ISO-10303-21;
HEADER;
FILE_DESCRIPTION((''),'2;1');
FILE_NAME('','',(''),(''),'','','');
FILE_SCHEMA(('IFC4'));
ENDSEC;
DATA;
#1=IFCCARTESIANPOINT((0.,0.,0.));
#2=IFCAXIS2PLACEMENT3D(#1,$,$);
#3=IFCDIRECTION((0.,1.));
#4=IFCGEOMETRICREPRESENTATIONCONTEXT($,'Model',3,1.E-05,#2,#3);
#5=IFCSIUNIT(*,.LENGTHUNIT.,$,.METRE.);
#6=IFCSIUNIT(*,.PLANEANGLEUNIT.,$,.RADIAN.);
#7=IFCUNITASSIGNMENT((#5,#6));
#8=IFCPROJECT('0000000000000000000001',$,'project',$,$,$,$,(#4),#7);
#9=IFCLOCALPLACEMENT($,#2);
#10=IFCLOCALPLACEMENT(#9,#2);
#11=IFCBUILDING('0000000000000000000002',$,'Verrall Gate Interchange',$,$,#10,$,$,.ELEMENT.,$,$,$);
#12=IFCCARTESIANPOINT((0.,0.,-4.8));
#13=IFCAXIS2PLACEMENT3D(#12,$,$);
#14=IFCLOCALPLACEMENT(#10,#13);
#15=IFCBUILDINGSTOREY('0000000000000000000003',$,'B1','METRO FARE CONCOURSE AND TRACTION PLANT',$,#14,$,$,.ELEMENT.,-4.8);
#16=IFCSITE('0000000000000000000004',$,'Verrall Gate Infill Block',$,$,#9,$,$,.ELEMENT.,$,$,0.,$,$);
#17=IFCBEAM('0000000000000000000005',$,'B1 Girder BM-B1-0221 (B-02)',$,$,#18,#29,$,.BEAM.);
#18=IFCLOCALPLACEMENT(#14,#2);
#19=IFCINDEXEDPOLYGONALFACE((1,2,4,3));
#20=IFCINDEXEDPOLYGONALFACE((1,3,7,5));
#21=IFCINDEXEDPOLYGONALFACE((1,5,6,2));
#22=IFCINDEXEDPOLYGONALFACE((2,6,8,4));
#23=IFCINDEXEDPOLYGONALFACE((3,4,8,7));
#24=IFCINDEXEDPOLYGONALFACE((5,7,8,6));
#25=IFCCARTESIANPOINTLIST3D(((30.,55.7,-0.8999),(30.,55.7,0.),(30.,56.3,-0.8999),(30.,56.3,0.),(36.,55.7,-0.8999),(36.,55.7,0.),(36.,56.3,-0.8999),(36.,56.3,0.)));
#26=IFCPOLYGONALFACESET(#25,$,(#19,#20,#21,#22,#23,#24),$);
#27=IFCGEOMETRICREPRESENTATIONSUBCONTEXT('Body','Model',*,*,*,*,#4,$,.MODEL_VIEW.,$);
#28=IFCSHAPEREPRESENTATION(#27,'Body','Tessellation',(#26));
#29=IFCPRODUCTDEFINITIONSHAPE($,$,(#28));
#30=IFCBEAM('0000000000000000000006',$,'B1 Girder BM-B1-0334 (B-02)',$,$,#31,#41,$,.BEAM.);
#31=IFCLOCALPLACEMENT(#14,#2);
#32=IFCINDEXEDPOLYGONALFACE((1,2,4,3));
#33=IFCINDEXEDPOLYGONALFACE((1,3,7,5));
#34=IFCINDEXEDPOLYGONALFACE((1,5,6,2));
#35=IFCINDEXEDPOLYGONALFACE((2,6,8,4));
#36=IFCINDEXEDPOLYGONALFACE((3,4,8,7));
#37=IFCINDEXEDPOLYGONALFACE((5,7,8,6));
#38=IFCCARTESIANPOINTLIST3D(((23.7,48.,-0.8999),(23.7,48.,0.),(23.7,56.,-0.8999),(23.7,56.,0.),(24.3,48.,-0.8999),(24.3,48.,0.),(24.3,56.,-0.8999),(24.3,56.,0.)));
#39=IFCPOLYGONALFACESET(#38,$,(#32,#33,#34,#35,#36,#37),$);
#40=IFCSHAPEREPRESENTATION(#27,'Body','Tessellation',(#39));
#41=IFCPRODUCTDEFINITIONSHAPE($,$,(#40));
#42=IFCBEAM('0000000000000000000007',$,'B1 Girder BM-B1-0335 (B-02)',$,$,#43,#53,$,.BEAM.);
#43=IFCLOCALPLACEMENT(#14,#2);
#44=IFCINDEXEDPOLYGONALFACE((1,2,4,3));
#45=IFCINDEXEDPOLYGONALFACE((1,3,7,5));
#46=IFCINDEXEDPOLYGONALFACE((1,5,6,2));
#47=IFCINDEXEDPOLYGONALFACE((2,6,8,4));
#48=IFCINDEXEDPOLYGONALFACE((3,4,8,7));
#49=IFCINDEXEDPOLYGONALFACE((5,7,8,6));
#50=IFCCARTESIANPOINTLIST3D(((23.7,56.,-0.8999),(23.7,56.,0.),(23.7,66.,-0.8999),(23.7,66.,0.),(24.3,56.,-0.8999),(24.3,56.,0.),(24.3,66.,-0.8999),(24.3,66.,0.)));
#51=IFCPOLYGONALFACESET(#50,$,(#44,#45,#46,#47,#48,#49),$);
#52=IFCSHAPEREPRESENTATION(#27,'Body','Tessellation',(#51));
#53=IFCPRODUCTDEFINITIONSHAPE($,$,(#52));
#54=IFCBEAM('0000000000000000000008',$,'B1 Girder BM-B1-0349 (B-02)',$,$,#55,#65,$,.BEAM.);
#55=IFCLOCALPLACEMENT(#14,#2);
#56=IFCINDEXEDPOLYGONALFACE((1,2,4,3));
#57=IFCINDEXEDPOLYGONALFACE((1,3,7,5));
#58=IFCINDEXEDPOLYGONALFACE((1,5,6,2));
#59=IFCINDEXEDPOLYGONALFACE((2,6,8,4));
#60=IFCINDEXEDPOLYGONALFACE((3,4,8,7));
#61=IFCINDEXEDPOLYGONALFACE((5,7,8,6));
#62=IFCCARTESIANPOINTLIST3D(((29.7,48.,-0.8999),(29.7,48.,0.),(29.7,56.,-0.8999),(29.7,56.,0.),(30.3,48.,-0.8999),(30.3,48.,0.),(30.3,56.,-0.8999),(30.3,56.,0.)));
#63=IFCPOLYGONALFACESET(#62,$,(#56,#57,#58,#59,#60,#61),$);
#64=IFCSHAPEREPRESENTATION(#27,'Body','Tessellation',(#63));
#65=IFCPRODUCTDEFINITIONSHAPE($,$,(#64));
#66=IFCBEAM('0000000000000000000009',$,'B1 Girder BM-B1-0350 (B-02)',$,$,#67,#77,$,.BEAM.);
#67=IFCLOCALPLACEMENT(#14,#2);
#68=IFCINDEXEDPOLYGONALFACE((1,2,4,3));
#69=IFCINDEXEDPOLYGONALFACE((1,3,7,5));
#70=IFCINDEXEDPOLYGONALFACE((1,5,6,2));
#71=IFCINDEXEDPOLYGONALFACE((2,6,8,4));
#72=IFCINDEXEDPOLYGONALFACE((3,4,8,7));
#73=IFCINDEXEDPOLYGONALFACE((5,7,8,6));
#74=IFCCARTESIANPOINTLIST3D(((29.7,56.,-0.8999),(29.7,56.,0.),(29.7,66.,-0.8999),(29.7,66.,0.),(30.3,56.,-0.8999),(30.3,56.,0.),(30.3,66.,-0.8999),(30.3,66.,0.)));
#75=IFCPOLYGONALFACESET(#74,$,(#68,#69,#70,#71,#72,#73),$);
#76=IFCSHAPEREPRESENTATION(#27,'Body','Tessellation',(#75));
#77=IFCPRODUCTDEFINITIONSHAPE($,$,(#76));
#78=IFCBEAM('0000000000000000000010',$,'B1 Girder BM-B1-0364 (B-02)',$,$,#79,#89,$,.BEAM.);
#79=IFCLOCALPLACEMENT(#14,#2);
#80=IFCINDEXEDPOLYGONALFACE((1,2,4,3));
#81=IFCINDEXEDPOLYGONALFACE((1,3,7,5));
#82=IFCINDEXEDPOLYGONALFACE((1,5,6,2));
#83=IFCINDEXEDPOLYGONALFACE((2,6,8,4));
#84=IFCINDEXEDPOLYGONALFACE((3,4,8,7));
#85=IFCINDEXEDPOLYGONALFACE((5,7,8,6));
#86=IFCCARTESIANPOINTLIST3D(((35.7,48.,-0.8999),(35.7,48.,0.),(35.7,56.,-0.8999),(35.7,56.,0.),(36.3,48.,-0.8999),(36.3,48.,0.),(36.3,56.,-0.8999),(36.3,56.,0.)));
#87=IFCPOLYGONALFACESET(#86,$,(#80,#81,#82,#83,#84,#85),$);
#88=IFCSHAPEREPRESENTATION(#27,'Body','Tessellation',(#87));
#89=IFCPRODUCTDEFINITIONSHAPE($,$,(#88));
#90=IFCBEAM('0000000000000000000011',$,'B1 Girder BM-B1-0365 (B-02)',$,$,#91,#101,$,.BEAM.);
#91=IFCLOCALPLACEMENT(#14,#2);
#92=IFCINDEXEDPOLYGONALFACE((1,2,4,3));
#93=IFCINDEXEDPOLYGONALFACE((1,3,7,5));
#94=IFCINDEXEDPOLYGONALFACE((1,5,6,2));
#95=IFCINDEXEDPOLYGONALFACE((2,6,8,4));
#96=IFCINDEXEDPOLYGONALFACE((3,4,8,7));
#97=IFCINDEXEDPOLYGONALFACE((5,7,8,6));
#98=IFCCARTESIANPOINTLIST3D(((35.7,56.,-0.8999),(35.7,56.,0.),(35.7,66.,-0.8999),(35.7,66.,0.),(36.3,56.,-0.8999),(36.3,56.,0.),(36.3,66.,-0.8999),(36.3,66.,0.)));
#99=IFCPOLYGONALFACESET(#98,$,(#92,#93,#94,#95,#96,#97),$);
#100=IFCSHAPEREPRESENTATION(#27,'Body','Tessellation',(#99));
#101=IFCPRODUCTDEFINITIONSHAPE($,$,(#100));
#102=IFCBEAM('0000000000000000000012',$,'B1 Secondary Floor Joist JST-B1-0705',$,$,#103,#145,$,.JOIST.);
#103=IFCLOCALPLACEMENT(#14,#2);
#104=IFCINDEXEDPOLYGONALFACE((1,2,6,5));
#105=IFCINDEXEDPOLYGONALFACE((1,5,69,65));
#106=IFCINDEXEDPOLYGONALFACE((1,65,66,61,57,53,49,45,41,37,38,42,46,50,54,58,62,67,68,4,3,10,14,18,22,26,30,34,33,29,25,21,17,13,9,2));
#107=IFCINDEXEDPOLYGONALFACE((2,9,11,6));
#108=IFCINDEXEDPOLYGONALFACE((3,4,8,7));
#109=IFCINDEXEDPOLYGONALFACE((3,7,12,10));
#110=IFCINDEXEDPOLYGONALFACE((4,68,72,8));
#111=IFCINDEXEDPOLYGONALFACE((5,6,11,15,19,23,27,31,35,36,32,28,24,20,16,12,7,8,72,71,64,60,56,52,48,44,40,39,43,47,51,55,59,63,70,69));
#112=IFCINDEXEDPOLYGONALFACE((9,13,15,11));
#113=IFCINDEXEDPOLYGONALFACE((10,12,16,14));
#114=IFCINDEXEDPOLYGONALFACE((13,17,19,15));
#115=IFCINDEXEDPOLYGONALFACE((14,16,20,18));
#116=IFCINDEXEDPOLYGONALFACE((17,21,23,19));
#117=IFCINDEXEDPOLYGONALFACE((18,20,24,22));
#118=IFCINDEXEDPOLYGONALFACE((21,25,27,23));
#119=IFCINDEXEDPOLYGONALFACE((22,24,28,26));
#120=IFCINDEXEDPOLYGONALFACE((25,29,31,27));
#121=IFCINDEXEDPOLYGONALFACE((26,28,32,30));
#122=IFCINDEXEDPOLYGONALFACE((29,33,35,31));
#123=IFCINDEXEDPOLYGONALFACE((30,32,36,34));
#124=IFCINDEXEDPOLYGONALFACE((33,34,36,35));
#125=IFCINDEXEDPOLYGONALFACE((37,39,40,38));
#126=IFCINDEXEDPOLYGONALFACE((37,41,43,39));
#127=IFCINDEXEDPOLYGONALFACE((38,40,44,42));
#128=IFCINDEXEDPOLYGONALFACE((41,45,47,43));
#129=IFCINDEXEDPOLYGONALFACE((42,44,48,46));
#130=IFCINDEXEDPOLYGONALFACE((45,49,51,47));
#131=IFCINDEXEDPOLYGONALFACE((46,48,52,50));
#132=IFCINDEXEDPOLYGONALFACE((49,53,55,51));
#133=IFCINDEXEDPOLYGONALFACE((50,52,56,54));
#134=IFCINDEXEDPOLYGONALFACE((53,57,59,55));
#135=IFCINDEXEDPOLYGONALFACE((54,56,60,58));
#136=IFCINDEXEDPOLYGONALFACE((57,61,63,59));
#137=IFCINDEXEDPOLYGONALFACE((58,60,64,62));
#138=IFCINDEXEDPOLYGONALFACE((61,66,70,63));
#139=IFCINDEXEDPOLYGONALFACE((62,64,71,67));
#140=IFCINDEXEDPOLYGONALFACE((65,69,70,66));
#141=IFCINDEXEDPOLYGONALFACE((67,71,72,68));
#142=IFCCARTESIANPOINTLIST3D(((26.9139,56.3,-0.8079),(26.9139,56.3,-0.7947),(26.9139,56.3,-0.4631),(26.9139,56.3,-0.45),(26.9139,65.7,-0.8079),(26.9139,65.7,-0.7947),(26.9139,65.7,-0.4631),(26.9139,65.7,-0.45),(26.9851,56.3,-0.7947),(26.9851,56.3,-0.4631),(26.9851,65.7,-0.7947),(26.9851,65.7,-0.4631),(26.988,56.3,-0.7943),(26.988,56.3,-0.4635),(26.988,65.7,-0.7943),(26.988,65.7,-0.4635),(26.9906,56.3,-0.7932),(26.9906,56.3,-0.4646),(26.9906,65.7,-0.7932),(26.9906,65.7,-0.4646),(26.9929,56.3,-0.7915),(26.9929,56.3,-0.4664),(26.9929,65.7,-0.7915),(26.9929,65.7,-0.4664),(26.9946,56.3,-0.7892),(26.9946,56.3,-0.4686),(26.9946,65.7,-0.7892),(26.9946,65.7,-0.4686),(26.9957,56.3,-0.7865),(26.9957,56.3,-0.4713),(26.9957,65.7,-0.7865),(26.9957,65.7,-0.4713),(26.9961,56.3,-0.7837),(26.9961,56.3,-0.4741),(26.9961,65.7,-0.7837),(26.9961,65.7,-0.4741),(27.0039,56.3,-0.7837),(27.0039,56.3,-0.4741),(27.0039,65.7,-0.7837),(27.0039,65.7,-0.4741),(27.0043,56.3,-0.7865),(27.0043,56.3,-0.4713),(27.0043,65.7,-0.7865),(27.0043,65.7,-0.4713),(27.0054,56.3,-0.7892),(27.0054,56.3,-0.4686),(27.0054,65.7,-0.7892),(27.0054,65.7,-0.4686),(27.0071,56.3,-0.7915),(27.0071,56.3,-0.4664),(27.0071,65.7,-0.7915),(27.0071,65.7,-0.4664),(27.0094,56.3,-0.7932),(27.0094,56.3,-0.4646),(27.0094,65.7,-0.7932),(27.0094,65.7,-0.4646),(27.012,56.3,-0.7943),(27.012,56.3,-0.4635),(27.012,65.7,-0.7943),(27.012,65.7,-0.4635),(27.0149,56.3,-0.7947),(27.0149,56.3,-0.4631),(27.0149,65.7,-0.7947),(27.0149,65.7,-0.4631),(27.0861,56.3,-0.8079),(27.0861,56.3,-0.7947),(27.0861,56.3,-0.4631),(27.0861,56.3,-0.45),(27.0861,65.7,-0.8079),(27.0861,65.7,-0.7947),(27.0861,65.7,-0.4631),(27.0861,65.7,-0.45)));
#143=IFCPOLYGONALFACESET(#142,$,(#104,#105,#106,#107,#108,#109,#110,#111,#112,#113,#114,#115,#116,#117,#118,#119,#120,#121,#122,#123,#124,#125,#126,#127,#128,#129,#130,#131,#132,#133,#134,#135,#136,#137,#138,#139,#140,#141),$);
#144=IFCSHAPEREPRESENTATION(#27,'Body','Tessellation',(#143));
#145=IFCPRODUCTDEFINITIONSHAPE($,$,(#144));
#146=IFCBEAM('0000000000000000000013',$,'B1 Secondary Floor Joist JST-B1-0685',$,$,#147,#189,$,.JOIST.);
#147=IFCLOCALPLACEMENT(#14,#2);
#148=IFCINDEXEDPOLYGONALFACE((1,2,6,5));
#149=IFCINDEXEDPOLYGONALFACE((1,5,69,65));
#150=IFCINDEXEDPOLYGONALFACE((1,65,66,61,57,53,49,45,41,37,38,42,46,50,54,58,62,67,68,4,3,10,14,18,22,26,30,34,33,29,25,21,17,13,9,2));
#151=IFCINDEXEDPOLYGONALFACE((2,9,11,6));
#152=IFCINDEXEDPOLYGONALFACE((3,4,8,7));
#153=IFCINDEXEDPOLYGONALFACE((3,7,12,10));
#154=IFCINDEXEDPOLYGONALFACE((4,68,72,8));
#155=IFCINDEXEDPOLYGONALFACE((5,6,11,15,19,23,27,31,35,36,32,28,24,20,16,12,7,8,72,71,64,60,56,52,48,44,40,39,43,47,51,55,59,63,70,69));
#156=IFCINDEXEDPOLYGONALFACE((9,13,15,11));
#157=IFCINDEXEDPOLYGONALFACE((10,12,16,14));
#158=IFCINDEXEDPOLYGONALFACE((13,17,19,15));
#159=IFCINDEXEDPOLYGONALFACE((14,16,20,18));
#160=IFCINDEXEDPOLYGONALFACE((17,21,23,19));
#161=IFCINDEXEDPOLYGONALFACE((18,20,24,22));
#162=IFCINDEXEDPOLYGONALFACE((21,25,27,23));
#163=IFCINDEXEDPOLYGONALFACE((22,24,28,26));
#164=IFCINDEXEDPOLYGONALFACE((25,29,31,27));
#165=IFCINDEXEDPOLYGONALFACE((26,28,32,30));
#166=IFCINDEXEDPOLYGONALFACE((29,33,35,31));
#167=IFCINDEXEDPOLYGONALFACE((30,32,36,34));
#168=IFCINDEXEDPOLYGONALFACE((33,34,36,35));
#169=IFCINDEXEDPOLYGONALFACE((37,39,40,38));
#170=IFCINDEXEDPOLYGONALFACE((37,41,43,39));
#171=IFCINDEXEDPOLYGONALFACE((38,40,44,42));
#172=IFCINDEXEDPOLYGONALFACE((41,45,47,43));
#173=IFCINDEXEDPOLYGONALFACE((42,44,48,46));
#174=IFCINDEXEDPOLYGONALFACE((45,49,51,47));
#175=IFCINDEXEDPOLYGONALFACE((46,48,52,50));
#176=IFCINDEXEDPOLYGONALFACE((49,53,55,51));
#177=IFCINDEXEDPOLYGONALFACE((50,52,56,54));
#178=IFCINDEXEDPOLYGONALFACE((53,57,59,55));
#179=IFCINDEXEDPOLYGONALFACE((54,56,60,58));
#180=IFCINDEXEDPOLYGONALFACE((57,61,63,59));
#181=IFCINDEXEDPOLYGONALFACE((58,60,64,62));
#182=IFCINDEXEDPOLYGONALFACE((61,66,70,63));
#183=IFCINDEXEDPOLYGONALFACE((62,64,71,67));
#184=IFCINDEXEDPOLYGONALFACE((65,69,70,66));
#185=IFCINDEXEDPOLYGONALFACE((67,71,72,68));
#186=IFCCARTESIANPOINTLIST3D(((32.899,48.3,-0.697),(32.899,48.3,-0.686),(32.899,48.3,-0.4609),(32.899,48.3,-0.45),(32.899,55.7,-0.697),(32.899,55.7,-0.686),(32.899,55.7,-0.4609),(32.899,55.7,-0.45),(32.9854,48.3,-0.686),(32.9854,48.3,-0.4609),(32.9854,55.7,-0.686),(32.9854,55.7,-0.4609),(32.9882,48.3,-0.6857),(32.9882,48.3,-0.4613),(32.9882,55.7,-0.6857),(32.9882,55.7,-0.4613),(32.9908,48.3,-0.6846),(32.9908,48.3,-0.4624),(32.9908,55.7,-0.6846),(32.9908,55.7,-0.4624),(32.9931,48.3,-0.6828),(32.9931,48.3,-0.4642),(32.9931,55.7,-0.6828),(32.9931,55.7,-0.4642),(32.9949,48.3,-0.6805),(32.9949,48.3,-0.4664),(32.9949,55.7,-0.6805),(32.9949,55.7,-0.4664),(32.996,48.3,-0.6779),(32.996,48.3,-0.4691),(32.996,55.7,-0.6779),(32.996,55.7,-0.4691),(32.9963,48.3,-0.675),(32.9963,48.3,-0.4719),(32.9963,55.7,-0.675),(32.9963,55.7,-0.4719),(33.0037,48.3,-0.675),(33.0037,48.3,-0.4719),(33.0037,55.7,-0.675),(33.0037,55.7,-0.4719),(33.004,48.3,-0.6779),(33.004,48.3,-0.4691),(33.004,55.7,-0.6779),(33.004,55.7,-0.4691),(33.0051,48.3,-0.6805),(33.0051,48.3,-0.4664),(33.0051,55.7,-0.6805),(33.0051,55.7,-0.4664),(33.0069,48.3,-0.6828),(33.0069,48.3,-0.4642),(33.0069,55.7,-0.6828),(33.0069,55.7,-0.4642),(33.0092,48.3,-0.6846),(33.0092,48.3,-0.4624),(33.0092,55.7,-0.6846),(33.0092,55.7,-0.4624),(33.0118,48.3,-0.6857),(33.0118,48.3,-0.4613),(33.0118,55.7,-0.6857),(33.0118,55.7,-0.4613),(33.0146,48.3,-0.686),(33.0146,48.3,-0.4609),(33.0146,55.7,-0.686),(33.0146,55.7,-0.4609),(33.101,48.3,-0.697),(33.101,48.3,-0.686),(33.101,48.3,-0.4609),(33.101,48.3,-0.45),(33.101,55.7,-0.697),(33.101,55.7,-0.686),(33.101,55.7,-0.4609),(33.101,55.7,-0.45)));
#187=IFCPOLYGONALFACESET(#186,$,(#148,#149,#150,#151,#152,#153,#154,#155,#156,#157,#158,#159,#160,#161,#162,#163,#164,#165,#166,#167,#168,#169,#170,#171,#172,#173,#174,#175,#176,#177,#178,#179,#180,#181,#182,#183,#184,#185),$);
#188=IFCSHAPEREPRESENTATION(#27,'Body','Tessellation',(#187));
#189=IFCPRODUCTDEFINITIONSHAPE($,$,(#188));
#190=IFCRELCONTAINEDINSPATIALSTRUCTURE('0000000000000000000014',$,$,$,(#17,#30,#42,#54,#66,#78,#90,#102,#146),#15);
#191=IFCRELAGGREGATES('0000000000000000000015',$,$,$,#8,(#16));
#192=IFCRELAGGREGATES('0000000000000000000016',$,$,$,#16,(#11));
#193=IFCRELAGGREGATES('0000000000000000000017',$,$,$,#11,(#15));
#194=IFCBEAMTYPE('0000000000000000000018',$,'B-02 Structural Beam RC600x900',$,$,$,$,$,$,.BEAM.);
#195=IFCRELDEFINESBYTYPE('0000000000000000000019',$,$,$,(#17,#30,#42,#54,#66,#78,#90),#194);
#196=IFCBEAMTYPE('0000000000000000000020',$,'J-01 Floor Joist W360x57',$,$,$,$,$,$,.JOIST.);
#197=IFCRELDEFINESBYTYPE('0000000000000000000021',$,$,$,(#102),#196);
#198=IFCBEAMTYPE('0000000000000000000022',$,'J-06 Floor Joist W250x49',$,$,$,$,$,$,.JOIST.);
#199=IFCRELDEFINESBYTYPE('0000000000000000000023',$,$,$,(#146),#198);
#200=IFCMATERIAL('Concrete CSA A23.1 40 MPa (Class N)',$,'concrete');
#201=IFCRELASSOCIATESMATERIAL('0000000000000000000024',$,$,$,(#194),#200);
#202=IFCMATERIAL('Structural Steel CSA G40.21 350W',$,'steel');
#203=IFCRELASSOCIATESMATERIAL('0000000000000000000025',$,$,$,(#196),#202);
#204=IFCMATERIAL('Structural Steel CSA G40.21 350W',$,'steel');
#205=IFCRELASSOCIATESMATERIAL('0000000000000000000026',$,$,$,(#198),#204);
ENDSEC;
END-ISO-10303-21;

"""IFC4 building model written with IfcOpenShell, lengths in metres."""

from ifc_helpers import new_model, si_unit, direction, frame, origin, origin_2d, place, context, subcontext, project, spatial, rectangle, i_section, extrude, material, material_profile, profile_set, type_object, element, save


model = new_model("IFC4")

# Units and contexts
model_context = context("Model", 3, precision=1e-05, world=origin(), true_north=direction((0.0, 1.0)))
body_context = subcontext(model_context, "Body", "Model", "MODEL_VIEW")
ifc_project = project(units=[si_unit("LENGTHUNIT", "METRE"), si_unit("PLANEANGLEUNIT", "RADIAN")], contexts=[model_context])

# Site, building, storey
site_placement = place(None, origin())
site = spatial("IfcSite", under=ifc_project, at=site_placement, Name="Verrall Gate Infill Block", CompositionType="ELEMENT", RefElevation=0.0)
building_placement = place(site_placement, origin())
building = spatial("IfcBuilding", under=site, at=building_placement, Name="Verrall Gate Interchange", CompositionType="ELEMENT")
storey_placement = place(building_placement, frame((0.0, 0.0, -4.8)))
storey = spatial("IfcBuildingStorey", under=building, at=storey_placement, Name="B1", Description="METRO FARE CONCOURSE AND TRACTION PLANT", CompositionType="ELEMENT", Elevation=-4.8)

# Beams
ifc_material_1 = material(Name="Concrete CSA A23.1 40 MPa (Class N)", Category="concrete")
ifc_material_profile_1 = material_profile(ifc_material_1, rectangle(XDim=0.6001, YDim=0.8999, at=origin_2d()), Name="RC600x900")
ifc_profile_set_1 = profile_set([ifc_material_profile_1], Name="Concrete CSA A23.1 40 MPa (Class N)")
beam_type_1 = type_object("IfcBeamType", Name="B-02 Structural Beam RC600x900", PredefinedType="BEAM", material=ifc_profile_set_1)
for number, where, z_axis, x_axis, name in (
    (1, (30.0, 56.0, -0.45), (1.0, 0.0, 0.0), (0.0, 1.0, 0.0), "B1 Girder BM-B1-0221 (B-02)"),
):
    element("IfcBeam", number, at=place(storey_placement, frame(where, z_axis=z_axis, x_axis=x_axis)), inside=storey, type_object=beam_type_1, Name=name, PredefinedType="BEAM", context=body_context, shape_type="SweptSolid", body=[
        extrude(rectangle(XDim=0.6001, YDim=0.8999, at=origin_2d()), origin(), (0.0, 0.0, 1.0), 6.0),
    ])
beam_1_placement = place(storey_placement, frame((24.0, 48.0, -0.45), z_axis=(0.0, 1.0, 0.0), x_axis=(-1.0, 0.0, 0.0)))
element("IfcBeam", 2, at=beam_1_placement, inside=storey, type_object=beam_type_1, Name="B1 Girder BM-B1-0334 (B-02)", PredefinedType="BEAM", context=body_context, shape_type="SweptSolid", body=[
    extrude(rectangle(XDim=0.6001, YDim=0.8999, at=origin_2d()), origin(), (0.0, 0.0, 1.0), 8.0),
])
beam_2_placement = place(storey_placement, frame((24.0, 56.0, -0.45), z_axis=(0.0, 1.0, 0.0), x_axis=(-1.0, 0.0, 0.0)))
element("IfcBeam", 3, at=beam_2_placement, inside=storey, type_object=beam_type_1, Name="B1 Girder BM-B1-0335 (B-02)", PredefinedType="BEAM", context=body_context, shape_type="SweptSolid", body=[
    extrude(rectangle(XDim=0.6001, YDim=0.8999, at=origin_2d()), origin(), (0.0, 0.0, 1.0), 10.0),
])
beam_3_placement = place(storey_placement, frame((30.0, 48.0, -0.45), z_axis=(0.0, 1.0, 0.0), x_axis=(-1.0, 0.0, 0.0)))
element("IfcBeam", 4, at=beam_3_placement, inside=storey, type_object=beam_type_1, Name="B1 Girder BM-B1-0349 (B-02)", PredefinedType="BEAM", context=body_context, shape_type="SweptSolid", body=[
    extrude(rectangle(XDim=0.6001, YDim=0.8999, at=origin_2d()), origin(), (0.0, 0.0, 1.0), 8.0),
])
beam_4_placement = place(storey_placement, frame((30.0, 56.0, -0.45), z_axis=(0.0, 1.0, 0.0), x_axis=(-1.0, 0.0, 0.0)))
element("IfcBeam", 5, at=beam_4_placement, inside=storey, type_object=beam_type_1, Name="B1 Girder BM-B1-0350 (B-02)", PredefinedType="BEAM", context=body_context, shape_type="SweptSolid", body=[
    extrude(rectangle(XDim=0.6001, YDim=0.8999, at=origin_2d()), origin(), (0.0, 0.0, 1.0), 10.0),
])
beam_5_placement = place(storey_placement, frame((36.0, 48.0, -0.45), z_axis=(0.0, 1.0, 0.0), x_axis=(-1.0, 0.0, 0.0)))
element("IfcBeam", 6, at=beam_5_placement, inside=storey, type_object=beam_type_1, Name="B1 Girder BM-B1-0364 (B-02)", PredefinedType="BEAM", context=body_context, shape_type="SweptSolid", body=[
    extrude(rectangle(XDim=0.6001, YDim=0.8999, at=origin_2d()), origin(), (0.0, 0.0, 1.0), 8.0),
])
beam_6_placement = place(storey_placement, frame((36.0, 56.0, -0.45), z_axis=(0.0, 1.0, 0.0), x_axis=(-1.0, 0.0, 0.0)))
element("IfcBeam", 7, at=beam_6_placement, inside=storey, type_object=beam_type_1, Name="B1 Girder BM-B1-0365 (B-02)", PredefinedType="BEAM", context=body_context, shape_type="SweptSolid", body=[
    extrude(rectangle(XDim=0.6001, YDim=0.8999, at=origin_2d()), origin(), (0.0, 0.0, 1.0), 10.0),
])
ifc_material_2 = material(Name="Structural Steel CSA G40.21 350W", Category="steel")
ifc_material_profile_2 = material_profile(ifc_material_2, i_section(OverallWidth=0.1721, OverallDepth=0.3579, WebThickness=0.0078, FlangeThickness=0.0132, FilletRadius=0.011, at=origin_2d()), Name="W360x57")
ifc_profile_set_2 = profile_set([ifc_material_profile_2], Name="Structural Steel CSA G40.21 350W")
beam_type_2 = type_object("IfcBeamType", Name="J-01 Floor Joist W360x57", PredefinedType="JOIST", material=ifc_profile_set_2)
beam_7_placement = place(storey_placement, frame((27.0, 56.3, -0.6289), z_axis=(0.0, 1.0, 0.0), x_axis=(-1.0, 0.0, 0.0)))
element("IfcBeam", 8, at=beam_7_placement, inside=storey, type_object=beam_type_2, Name="B1 Secondary Floor Joist JST-B1-0705", PredefinedType="JOIST", context=body_context, shape_type="SweptSolid", body=[
    extrude(i_section(OverallWidth=0.1721, OverallDepth=0.3579, WebThickness=0.0078, FlangeThickness=0.0132, FilletRadius=0.011, at=origin_2d()), origin(), (0.0, 0.0, 1.0), 9.3999),
])
ifc_material_3 = material(Name="Structural Steel CSA G40.21 350W", Category="steel")
ifc_material_profile_3 = material_profile(ifc_material_3, i_section(OverallWidth=0.2019, OverallDepth=0.2471, WebThickness=0.0073, FlangeThickness=0.011, FilletRadius=0.011, at=origin_2d()), Name="W250x49")
ifc_profile_set_3 = profile_set([ifc_material_profile_3], Name="Structural Steel CSA G40.21 350W")
beam_type_3 = type_object("IfcBeamType", Name="J-06 Floor Joist W250x49", PredefinedType="JOIST", material=ifc_profile_set_3)
beam_8_placement = place(storey_placement, frame((33.0, 48.3, -0.5735), z_axis=(0.0, 1.0, 0.0), x_axis=(-1.0, 0.0, 0.0)))
element("IfcBeam", 9, at=beam_8_placement, inside=storey, type_object=beam_type_3, Name="B1 Secondary Floor Joist JST-B1-0685", PredefinedType="JOIST", context=body_context, shape_type="SweptSolid", body=[
    extrude(i_section(OverallWidth=0.2019, OverallDepth=0.2471, WebThickness=0.0073, FlangeThickness=0.011, FilletRadius=0.011, at=origin_2d()), origin(), (0.0, 0.0, 1.0), 7.3999),
])

save(model, "model.ifc")
